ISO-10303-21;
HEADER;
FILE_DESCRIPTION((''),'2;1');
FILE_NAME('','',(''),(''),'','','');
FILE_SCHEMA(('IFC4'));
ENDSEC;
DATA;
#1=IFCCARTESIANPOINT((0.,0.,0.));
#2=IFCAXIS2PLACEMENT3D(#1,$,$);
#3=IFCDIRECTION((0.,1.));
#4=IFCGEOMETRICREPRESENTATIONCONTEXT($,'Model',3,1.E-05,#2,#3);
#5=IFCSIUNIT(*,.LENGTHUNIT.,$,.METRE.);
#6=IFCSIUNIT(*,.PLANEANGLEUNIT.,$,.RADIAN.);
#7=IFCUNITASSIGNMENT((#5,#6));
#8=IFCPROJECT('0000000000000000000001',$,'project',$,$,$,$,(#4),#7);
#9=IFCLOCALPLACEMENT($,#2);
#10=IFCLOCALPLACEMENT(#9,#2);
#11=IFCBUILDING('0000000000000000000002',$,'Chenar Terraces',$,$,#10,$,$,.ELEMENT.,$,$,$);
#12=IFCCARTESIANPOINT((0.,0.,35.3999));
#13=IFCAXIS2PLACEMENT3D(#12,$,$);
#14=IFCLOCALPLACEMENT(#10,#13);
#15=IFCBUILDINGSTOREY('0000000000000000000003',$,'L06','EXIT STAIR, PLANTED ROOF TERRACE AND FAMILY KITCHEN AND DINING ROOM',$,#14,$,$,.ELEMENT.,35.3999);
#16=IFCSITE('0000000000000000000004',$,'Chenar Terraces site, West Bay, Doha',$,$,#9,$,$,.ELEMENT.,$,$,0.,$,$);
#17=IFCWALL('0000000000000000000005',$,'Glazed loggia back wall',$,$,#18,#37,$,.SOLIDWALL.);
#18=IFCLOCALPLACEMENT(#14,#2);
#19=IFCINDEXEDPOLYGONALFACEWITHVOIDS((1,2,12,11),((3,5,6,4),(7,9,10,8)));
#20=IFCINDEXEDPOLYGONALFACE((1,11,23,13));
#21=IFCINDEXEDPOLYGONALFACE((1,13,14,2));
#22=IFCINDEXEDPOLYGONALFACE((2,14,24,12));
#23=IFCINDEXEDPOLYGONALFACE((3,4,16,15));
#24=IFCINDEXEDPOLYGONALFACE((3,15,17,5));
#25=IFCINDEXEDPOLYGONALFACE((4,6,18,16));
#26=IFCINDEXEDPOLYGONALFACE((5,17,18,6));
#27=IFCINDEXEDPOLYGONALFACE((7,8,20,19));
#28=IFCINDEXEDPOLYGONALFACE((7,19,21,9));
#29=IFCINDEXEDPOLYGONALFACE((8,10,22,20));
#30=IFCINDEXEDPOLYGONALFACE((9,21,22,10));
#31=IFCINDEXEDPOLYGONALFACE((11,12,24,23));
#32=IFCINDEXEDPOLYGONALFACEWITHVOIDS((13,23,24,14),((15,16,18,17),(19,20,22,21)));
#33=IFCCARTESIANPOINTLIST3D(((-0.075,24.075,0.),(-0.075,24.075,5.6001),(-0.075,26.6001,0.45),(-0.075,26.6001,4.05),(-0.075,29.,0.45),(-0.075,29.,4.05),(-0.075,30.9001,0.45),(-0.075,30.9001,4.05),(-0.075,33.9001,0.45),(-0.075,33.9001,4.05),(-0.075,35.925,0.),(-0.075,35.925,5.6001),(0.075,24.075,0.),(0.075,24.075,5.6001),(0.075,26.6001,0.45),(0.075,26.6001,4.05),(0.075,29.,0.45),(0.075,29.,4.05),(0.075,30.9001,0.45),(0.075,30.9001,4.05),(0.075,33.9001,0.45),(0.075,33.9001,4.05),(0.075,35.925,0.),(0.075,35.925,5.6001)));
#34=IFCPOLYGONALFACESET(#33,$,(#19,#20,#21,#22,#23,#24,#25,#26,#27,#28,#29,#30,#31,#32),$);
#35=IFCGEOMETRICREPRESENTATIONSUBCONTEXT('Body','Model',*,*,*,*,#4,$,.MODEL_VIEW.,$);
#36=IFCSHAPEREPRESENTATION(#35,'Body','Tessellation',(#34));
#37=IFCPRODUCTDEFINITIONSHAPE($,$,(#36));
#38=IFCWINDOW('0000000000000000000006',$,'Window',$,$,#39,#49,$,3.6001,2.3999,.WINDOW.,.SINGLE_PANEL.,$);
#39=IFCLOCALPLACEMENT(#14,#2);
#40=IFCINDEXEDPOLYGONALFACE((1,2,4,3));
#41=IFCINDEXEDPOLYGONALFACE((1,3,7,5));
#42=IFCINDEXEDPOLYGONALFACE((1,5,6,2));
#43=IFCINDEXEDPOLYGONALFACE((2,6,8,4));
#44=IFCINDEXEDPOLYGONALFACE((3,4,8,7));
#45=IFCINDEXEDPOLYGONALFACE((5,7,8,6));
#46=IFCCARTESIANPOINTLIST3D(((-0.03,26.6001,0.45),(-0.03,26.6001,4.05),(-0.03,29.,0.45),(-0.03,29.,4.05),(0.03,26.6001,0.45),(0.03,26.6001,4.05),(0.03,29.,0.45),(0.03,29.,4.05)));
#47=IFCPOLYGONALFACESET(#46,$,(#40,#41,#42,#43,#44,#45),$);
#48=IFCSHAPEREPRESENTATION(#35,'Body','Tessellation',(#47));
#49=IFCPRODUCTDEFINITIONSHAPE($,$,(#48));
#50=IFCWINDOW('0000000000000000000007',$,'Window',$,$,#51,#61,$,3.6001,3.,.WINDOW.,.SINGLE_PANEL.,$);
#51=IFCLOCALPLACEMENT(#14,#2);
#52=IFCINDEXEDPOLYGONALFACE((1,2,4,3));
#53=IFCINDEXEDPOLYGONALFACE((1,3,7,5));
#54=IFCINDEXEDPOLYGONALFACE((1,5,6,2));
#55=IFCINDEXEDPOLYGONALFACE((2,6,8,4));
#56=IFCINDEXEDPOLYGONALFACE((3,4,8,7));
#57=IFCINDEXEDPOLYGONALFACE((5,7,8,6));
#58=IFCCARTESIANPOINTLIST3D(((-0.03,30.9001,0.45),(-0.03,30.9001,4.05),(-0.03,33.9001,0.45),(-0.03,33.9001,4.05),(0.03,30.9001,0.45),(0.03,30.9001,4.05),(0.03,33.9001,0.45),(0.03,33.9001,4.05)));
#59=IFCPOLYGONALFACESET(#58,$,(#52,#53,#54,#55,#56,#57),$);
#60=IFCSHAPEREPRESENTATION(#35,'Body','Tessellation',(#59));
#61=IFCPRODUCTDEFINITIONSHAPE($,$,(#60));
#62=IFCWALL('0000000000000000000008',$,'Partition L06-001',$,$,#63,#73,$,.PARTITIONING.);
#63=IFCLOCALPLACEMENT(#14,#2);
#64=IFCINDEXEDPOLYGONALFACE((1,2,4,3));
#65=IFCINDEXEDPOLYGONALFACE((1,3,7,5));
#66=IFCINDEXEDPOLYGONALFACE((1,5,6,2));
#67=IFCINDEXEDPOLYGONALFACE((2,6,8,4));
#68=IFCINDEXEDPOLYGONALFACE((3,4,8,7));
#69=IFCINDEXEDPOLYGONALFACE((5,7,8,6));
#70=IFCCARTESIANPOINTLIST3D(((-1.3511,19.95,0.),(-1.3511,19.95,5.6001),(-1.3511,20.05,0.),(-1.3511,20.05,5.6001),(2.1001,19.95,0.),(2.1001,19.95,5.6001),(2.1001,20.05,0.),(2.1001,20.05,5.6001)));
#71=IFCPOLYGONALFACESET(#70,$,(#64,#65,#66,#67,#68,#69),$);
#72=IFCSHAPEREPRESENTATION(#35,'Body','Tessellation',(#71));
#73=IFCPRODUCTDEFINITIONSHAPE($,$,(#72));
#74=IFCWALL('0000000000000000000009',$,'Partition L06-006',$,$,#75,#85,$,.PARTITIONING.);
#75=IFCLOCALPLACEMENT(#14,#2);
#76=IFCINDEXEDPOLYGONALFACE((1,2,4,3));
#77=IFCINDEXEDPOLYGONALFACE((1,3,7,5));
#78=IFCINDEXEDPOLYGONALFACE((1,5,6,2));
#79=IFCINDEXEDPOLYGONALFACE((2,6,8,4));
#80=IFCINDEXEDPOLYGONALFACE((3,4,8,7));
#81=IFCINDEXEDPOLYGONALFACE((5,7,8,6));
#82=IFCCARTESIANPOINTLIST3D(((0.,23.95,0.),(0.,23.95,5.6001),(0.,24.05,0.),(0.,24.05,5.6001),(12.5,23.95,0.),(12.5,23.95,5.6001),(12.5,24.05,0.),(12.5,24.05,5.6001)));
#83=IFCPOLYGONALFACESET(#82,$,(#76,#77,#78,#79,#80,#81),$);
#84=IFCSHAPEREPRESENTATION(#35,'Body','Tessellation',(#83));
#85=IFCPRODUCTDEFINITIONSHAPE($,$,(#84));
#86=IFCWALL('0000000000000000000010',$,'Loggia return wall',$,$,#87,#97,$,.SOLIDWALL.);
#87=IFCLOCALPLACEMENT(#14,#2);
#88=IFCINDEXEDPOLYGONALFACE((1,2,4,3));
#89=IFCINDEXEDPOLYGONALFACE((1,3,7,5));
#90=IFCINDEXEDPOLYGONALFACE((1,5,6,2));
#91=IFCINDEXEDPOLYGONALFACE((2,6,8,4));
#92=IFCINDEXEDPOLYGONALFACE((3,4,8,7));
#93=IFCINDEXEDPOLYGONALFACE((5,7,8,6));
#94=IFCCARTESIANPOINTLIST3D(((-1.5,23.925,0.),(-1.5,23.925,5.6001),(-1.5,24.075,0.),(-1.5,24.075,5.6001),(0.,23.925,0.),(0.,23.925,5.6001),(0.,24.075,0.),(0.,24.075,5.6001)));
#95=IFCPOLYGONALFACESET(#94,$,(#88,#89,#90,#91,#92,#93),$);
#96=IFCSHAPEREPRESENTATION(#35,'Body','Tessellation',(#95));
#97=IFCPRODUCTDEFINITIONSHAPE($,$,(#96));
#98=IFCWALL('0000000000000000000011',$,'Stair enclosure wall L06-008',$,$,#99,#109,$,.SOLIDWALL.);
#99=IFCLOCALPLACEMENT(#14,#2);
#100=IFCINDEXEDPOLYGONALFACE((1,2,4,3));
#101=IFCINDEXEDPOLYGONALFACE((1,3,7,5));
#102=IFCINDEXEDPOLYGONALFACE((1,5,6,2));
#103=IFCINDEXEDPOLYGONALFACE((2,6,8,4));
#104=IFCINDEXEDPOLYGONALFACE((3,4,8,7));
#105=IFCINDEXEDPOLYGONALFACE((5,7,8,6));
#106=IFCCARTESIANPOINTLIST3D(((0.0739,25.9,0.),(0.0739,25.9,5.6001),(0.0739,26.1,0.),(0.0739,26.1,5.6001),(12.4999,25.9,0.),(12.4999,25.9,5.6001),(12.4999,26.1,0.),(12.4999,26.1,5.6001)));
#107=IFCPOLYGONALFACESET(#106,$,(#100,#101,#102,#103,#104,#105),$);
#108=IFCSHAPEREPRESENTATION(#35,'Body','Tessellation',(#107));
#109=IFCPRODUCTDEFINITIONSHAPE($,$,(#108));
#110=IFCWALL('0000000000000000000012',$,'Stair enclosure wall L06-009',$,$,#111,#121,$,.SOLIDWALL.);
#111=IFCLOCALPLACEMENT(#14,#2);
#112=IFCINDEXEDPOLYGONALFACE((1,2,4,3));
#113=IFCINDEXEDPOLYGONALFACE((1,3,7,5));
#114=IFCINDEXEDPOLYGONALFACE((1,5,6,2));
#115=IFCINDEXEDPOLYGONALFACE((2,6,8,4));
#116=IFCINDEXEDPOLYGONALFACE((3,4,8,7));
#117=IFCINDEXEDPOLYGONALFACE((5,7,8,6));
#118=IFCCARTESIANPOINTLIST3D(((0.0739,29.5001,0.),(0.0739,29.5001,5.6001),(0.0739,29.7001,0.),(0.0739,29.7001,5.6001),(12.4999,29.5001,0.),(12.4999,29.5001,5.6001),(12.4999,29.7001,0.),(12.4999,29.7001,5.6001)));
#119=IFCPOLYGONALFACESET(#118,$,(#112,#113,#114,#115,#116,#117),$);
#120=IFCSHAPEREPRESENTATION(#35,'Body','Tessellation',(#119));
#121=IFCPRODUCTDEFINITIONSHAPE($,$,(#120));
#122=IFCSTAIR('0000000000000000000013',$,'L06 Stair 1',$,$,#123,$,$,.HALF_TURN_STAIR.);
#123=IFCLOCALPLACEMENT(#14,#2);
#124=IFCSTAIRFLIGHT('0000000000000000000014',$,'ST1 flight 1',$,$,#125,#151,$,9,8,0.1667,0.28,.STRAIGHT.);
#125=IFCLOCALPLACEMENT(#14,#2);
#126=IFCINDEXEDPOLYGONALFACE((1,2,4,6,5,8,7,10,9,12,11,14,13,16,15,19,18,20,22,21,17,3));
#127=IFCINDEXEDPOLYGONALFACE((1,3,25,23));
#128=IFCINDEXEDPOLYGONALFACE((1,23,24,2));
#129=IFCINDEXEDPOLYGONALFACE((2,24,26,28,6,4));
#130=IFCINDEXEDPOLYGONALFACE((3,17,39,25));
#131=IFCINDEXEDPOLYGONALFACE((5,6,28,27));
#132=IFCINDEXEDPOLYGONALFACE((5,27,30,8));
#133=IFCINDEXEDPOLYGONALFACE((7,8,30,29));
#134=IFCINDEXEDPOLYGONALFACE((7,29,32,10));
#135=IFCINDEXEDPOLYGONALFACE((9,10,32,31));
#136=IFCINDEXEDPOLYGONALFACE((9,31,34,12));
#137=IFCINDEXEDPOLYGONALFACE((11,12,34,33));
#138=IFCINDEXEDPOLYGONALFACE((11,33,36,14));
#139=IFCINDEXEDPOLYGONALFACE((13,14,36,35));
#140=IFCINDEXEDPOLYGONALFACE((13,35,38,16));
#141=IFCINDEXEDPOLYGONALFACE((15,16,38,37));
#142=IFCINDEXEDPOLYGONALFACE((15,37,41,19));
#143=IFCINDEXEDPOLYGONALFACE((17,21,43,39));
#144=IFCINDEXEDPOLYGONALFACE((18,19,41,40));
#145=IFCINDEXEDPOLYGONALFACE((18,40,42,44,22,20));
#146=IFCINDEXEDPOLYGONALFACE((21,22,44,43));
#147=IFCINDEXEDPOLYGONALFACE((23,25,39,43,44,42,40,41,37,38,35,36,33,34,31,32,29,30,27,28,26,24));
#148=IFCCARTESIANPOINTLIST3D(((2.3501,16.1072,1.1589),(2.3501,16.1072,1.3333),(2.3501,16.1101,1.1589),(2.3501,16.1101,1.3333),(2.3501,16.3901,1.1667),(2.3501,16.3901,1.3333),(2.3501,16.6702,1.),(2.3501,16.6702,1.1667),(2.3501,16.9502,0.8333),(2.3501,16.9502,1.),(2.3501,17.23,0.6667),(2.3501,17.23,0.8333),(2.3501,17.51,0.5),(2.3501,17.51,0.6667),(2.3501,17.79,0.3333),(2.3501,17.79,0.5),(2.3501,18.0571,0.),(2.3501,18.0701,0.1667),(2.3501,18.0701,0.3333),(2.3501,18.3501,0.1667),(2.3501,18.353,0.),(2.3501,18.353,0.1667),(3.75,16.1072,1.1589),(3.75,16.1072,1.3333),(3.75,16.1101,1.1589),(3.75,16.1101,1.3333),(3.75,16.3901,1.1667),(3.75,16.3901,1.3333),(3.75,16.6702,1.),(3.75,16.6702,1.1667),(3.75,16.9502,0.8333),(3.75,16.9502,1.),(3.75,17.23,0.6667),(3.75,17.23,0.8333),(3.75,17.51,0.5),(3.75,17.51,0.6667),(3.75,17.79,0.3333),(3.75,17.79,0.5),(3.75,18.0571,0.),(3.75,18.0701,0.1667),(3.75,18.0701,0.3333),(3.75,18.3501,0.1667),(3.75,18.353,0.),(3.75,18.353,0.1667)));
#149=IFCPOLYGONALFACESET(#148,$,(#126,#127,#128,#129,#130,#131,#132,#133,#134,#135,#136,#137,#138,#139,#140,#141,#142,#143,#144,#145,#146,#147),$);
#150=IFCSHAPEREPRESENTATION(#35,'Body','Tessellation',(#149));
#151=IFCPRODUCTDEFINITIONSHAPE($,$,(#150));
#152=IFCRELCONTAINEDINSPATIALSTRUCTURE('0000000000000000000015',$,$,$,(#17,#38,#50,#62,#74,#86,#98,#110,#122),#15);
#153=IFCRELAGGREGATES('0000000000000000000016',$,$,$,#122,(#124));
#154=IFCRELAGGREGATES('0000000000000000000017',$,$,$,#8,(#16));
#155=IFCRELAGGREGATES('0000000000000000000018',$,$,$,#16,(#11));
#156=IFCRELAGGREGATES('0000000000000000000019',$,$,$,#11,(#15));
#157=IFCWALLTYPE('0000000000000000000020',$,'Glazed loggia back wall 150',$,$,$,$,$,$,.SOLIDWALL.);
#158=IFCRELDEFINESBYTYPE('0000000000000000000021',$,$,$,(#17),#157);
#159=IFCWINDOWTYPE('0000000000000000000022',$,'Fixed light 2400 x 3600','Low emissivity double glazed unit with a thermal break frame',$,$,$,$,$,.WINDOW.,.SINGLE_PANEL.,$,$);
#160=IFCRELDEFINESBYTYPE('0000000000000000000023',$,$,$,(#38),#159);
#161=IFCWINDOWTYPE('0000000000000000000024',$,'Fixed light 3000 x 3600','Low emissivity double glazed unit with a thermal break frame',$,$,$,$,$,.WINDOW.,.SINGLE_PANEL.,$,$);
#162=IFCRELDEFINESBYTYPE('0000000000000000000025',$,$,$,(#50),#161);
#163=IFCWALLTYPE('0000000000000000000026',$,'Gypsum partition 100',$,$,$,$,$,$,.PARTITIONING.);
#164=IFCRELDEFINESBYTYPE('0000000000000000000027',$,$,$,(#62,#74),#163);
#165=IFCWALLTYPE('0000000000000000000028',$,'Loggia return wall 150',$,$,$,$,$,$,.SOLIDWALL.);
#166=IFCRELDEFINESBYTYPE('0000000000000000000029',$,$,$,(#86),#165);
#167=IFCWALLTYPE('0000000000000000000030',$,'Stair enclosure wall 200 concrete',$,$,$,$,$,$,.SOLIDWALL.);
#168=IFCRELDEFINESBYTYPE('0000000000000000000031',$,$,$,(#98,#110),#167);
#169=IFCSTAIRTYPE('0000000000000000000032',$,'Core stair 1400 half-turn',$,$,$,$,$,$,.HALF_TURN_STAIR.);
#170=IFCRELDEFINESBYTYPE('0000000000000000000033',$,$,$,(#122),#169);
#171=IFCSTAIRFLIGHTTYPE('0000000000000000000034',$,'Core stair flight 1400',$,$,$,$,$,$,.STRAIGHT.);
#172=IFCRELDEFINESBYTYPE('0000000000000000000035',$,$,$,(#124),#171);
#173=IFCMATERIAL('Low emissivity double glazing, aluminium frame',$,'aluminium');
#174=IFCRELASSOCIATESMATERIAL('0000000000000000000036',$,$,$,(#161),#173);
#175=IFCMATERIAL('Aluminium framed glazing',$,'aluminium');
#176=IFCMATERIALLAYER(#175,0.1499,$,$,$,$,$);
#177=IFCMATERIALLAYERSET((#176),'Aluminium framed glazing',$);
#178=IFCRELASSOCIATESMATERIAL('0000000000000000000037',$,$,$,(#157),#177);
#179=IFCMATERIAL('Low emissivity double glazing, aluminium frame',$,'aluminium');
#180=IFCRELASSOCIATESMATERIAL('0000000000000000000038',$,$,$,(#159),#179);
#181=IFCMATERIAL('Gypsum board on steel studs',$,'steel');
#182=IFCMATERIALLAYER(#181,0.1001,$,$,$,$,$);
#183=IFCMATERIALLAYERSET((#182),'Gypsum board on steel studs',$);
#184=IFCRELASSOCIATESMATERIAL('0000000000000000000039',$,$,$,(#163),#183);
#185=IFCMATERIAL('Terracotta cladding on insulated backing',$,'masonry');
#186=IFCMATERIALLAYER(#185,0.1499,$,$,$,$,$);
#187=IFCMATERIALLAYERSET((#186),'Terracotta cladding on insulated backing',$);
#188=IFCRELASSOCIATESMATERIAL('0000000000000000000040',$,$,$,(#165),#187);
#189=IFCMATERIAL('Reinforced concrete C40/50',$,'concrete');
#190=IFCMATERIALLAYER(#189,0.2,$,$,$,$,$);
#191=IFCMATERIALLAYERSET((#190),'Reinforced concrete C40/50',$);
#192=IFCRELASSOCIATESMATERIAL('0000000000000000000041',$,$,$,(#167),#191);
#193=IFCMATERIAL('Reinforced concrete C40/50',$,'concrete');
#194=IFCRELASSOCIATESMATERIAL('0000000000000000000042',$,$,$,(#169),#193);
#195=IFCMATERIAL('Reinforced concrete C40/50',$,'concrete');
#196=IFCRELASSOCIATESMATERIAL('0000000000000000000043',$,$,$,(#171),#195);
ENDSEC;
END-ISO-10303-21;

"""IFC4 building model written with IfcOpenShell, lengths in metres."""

from ifc_helpers import new_model, si_unit, direction, frame, frame_2d, origin, place, context, subcontext, project, spatial, polyline, rectangle, outline, extrude, material, layer, layer_set, type_object, element, fill, aggregate, save


model = new_model("IFC4")

# Units and contexts
model_context = context("Model", 3, precision=1e-05, world=origin(), true_north=direction((0.0, 1.0)))
body_context = subcontext(model_context, "Body", "Model", "MODEL_VIEW")
ifc_project = project(units=[si_unit("LENGTHUNIT", "METRE"), si_unit("PLANEANGLEUNIT", "RADIAN")], contexts=[model_context])

# Site, building, storey
site_placement = place(None, origin())
site = spatial("IfcSite", under=ifc_project, at=site_placement, Name="Chenar Terraces site, West Bay, Doha", CompositionType="ELEMENT", RefElevation=0.0)
building_placement = place(site_placement, origin())
building = spatial("IfcBuilding", under=site, at=building_placement, Name="Chenar Terraces", CompositionType="ELEMENT")
storey_placement = place(building_placement, frame((0.0, 0.0, 35.3999)))
storey = spatial("IfcBuildingStorey", under=building, at=storey_placement, Name="L06", Description="EXIT STAIR, PLANTED ROOF TERRACE AND FAMILY KITCHEN AND DINING ROOM", CompositionType="ELEMENT", Elevation=35.3999)

# Shared definitions
placement = place(storey_placement, frame((0.0, 24.0, 0.0), z_axis=(0.0, 0.0, 1.0), x_axis=(1.0, 0.0, 0.0)))

# Wall, openings, windows
ifc_material_1 = material(Name="Low emissivity double glazing, aluminium frame", Category="aluminium")
window_type_1 = type_object("IfcWindowType", Name="Fixed light 3000 x 3600", Description="Low emissivity double glazed unit with a thermal break frame", PartitioningType="SINGLE_PANEL", PredefinedType="WINDOW", material=ifc_material_1)
ifc_material_2 = material(Name="Aluminium framed glazing", Category="aluminium")
ifc_layer_1 = layer(ifc_material_2, 0.1499)
ifc_layer_set_1 = layer_set([ifc_layer_1], Name="Aluminium framed glazing")
wall_type_1 = type_object("IfcWallType", Name="Glazed loggia back wall 150", PredefinedType="SOLIDWALL", material=ifc_layer_set_1)
wall_1_placement = place(storey_placement, frame((0.0, 35.925, 0.0), z_axis=(0.0, 0.0, 1.0), x_axis=(0.0, -1.0, 0.0)))
wall_1 = element("IfcWall", 1, at=wall_1_placement, inside=storey, type_object=wall_type_1, Name="Glazed loggia back wall", PredefinedType="SOLIDWALL", context=body_context, shape_type="SweptSolid", body=[
    extrude(rectangle(XDim=11.8501, YDim=0.1499, at=frame_2d((5.925, 0.0))), origin(), (0.0, 0.0, 1.0), 5.6001),
])
opening_1_placement = place(wall_1_placement, frame((2.0249, 0.0, 0.45)))
opening_1 = element("IfcOpeningElement", 2, at=opening_1_placement, cuts=wall_1, PredefinedType="OPENING", context=body_context, shape_type="SweptSolid", body=[
    extrude(rectangle(XDim=3.0, YDim=3.6001, at=frame_2d((1.5, 1.8))), frame((0.0, 0.085, 0.0), z_axis=(0.0, -1.0, 0.0), x_axis=(1.0, 0.0, 0.0)), (0.0, 0.0, 1.0), 0.1699),
])
opening_2_placement = place(wall_1_placement, frame((6.925, 0.0, 0.45)))
opening_2 = element("IfcOpeningElement", 3, at=opening_2_placement, cuts=wall_1, PredefinedType="OPENING", context=body_context, shape_type="SweptSolid", body=[
    extrude(rectangle(XDim=2.3999, YDim=3.6001, at=frame_2d((1.2, 1.8))), frame((0.0, 0.085, 0.0), z_axis=(0.0, -1.0, 0.0), x_axis=(1.0, 0.0, 0.0)), (0.0, 0.0, 1.0), 0.1699),
])
ifc_material_3 = material(Name="Low emissivity double glazing, aluminium frame", Category="aluminium")
window_type_2 = type_object("IfcWindowType", Name="Fixed light 2400 x 3600", Description="Low emissivity double glazed unit with a thermal break frame", PartitioningType="SINGLE_PANEL", PredefinedType="WINDOW", material=ifc_material_3)
window_1_placement = place(opening_2_placement, origin())
window_1 = element("IfcWindow", 4, at=window_1_placement, inside=storey, type_object=window_type_2, Name="Window", OverallHeight=3.6001, OverallWidth=2.3999, PartitioningType="SINGLE_PANEL", PredefinedType="WINDOW", context=body_context, shape_type="SweptSolid", body=[
    extrude(rectangle(XDim=2.3999, YDim=3.6001, at=frame_2d((1.2, 1.8))), frame((0.0, 0.03, 0.0), z_axis=(0.0, -1.0, 0.0), x_axis=(1.0, 0.0, 0.0)), (0.0, 0.0, 1.0), 0.0601),
])
fill(opening_2, window_1)
window_2_placement = place(opening_1_placement, origin())
window_2 = element("IfcWindow", 5, at=window_2_placement, inside=storey, type_object=window_type_1, Name="Window", OverallHeight=3.6001, OverallWidth=3.0, PartitioningType="SINGLE_PANEL", PredefinedType="WINDOW", context=body_context, shape_type="SweptSolid", body=[
    extrude(rectangle(XDim=3.0, YDim=3.6001, at=frame_2d((1.5, 1.8))), frame((0.0, 0.03, 0.0), z_axis=(0.0, -1.0, 0.0), x_axis=(1.0, 0.0, 0.0)), (0.0, 0.0, 1.0), 0.0601),
])
fill(opening_1, window_2)

# Walls
ifc_material_4 = material(Name="Gypsum board on steel studs", Category="steel")
ifc_layer_2 = layer(ifc_material_4, 0.1001)
ifc_layer_set_2 = layer_set([ifc_layer_2], Name="Gypsum board on steel studs")
wall_type_2 = type_object("IfcWallType", Name="Gypsum partition 100", PredefinedType="PARTITIONING", material=ifc_layer_set_2)
wall_2_placement = place(storey_placement, frame((-1.3511, 20.0, 0.0), z_axis=(0.0, 0.0, 1.0), x_axis=(1.0, 0.0, 0.0)))
element("IfcWall", 6, at=wall_2_placement, inside=storey, type_object=wall_type_2, Name="Partition L06-001", PredefinedType="PARTITIONING", context=body_context, shape_type="SweptSolid", body=[
    extrude(rectangle(XDim=3.4512, YDim=0.1001, at=frame_2d((1.7256, 0.0))), origin(), (0.0, 0.0, 1.0), 5.6001),
])
element("IfcWall", 7, at=placement, inside=storey, type_object=wall_type_2, Name="Partition L06-006", PredefinedType="PARTITIONING", context=body_context, shape_type="SweptSolid", body=[
    extrude(rectangle(XDim=12.5, YDim=0.1001, at=frame_2d((6.25, 0.0))), origin(), (0.0, 0.0, 1.0), 5.6001),
])
ifc_material_5 = material(Name="Terracotta cladding on insulated backing", Category="masonry")
ifc_layer_3 = layer(ifc_material_5, 0.1499)
ifc_layer_set_3 = layer_set([ifc_layer_3], Name="Terracotta cladding on insulated backing")
wall_type_3 = type_object("IfcWallType", Name="Loggia return wall 150", PredefinedType="SOLIDWALL", material=ifc_layer_set_3)
wall_3_placement = place(storey_placement, frame((-1.5, 24.0, 0.0), z_axis=(0.0, 0.0, 1.0), x_axis=(1.0, 0.0, 0.0)))
element("IfcWall", 8, at=wall_3_placement, inside=storey, type_object=wall_type_3, Name="Loggia return wall", PredefinedType="SOLIDWALL", context=body_context, shape_type="SweptSolid", body=[
    extrude(rectangle(XDim=1.5, YDim=0.1499, at=frame_2d((0.75, 0.0))), origin(), (0.0, 0.0, 1.0), 5.6001),
])
ifc_material_6 = material(Name="Reinforced concrete C40/50", Category="concrete")
ifc_layer_4 = layer(ifc_material_6, 0.2)
ifc_layer_set_4 = layer_set([ifc_layer_4], Name="Reinforced concrete C40/50")
wall_type_4 = type_object("IfcWallType", Name="Stair enclosure wall 200 concrete", PredefinedType="SOLIDWALL", material=ifc_layer_set_4)
for number, where, z_axis, x_axis, name in (
    (9, (0.074, 26.0, 0.0), (0.0, 0.0, 1.0), (1.0, 0.0, 0.0), "Stair enclosure wall L06-008"),
    (10, (0.074, 29.6001, 0.0), (0.0, 0.0, 1.0), (1.0, 0.0, 0.0), "Stair enclosure wall L06-009"),
):
    element("IfcWall", number, at=place(storey_placement, frame(where, z_axis=z_axis, x_axis=x_axis)), inside=storey, type_object=wall_type_4, Name=name, PredefinedType="SOLIDWALL", context=body_context, shape_type="SweptSolid", body=[
        extrude(rectangle(XDim=12.426, YDim=0.2, at=frame_2d((6.2129, 0.0))), origin(), (0.0, 0.0, 1.0), 5.6001),
    ])

# Stair, stair flight
ifc_material_7 = material(Name="Reinforced concrete C40/50", Category="concrete")
stair_type = type_object("IfcStairType", Name="Core stair 1400 half-turn", PredefinedType="HALF_TURN_STAIR", material=ifc_material_7)
stair_placement = place(storey_placement, origin())
stair = element("IfcStair", 11, at=stair_placement, inside=storey, type_object=stair_type, Name="L06 Stair 1", PredefinedType="HALF_TURN_STAIR")
ifc_material_8 = material(Name="Reinforced concrete C40/50", Category="concrete")
stair_flight_type = type_object("IfcStairFlightType", Name="Core stair flight 1400", PredefinedType="STRAIGHT", material=ifc_material_8)
stair_flight_1_placement = place(storey_placement, frame((3.05, 18.3501, 0.0), z_axis=(0.0, 0.0, 1.0), x_axis=(0.0, -1.0, 0.0)))
stair_flight_1 = element("IfcStairFlight", 12, at=stair_flight_1_placement, type_object=stair_flight_type, Name="ST1 flight 1", NumberOfRisers=9, NumberOfTreads=8, PredefinedType="STRAIGHT", RiserHeight=0.1667, TreadLength=0.28, context=body_context, shape_type="SweptSolid", body=[
    extrude(outline(polyline([(-0.0029, 0.0), (-0.0029, 0.1667), (0.0, 0.1667), (0.28, 0.1667), (0.28, 0.3333), (0.5601, 0.3333), (0.5601, 0.5), (0.8401, 0.5), (0.8401, 0.6667), (1.1201, 0.6667), (1.1201, 0.8333), (1.3999, 0.8333), (1.3999, 1.0), (1.6799, 1.0), (1.6799, 1.1667), (1.96, 1.1667), (1.96, 1.3333), (2.24, 1.3333), (2.2429, 1.3333), (2.2429, 1.1589), (2.24, 1.1589), (0.293, 0.0), (-0.0029, 0.0)])), frame((0.0, 0.7, 0.0), z_axis=(0.0, -1.0, 0.0), x_axis=(1.0, 0.0, 0.0)), (0.0, 0.0, 1.0), 1.3999),
])
aggregate(stair, [stair_flight_1])

save(model, "model.ifc")
